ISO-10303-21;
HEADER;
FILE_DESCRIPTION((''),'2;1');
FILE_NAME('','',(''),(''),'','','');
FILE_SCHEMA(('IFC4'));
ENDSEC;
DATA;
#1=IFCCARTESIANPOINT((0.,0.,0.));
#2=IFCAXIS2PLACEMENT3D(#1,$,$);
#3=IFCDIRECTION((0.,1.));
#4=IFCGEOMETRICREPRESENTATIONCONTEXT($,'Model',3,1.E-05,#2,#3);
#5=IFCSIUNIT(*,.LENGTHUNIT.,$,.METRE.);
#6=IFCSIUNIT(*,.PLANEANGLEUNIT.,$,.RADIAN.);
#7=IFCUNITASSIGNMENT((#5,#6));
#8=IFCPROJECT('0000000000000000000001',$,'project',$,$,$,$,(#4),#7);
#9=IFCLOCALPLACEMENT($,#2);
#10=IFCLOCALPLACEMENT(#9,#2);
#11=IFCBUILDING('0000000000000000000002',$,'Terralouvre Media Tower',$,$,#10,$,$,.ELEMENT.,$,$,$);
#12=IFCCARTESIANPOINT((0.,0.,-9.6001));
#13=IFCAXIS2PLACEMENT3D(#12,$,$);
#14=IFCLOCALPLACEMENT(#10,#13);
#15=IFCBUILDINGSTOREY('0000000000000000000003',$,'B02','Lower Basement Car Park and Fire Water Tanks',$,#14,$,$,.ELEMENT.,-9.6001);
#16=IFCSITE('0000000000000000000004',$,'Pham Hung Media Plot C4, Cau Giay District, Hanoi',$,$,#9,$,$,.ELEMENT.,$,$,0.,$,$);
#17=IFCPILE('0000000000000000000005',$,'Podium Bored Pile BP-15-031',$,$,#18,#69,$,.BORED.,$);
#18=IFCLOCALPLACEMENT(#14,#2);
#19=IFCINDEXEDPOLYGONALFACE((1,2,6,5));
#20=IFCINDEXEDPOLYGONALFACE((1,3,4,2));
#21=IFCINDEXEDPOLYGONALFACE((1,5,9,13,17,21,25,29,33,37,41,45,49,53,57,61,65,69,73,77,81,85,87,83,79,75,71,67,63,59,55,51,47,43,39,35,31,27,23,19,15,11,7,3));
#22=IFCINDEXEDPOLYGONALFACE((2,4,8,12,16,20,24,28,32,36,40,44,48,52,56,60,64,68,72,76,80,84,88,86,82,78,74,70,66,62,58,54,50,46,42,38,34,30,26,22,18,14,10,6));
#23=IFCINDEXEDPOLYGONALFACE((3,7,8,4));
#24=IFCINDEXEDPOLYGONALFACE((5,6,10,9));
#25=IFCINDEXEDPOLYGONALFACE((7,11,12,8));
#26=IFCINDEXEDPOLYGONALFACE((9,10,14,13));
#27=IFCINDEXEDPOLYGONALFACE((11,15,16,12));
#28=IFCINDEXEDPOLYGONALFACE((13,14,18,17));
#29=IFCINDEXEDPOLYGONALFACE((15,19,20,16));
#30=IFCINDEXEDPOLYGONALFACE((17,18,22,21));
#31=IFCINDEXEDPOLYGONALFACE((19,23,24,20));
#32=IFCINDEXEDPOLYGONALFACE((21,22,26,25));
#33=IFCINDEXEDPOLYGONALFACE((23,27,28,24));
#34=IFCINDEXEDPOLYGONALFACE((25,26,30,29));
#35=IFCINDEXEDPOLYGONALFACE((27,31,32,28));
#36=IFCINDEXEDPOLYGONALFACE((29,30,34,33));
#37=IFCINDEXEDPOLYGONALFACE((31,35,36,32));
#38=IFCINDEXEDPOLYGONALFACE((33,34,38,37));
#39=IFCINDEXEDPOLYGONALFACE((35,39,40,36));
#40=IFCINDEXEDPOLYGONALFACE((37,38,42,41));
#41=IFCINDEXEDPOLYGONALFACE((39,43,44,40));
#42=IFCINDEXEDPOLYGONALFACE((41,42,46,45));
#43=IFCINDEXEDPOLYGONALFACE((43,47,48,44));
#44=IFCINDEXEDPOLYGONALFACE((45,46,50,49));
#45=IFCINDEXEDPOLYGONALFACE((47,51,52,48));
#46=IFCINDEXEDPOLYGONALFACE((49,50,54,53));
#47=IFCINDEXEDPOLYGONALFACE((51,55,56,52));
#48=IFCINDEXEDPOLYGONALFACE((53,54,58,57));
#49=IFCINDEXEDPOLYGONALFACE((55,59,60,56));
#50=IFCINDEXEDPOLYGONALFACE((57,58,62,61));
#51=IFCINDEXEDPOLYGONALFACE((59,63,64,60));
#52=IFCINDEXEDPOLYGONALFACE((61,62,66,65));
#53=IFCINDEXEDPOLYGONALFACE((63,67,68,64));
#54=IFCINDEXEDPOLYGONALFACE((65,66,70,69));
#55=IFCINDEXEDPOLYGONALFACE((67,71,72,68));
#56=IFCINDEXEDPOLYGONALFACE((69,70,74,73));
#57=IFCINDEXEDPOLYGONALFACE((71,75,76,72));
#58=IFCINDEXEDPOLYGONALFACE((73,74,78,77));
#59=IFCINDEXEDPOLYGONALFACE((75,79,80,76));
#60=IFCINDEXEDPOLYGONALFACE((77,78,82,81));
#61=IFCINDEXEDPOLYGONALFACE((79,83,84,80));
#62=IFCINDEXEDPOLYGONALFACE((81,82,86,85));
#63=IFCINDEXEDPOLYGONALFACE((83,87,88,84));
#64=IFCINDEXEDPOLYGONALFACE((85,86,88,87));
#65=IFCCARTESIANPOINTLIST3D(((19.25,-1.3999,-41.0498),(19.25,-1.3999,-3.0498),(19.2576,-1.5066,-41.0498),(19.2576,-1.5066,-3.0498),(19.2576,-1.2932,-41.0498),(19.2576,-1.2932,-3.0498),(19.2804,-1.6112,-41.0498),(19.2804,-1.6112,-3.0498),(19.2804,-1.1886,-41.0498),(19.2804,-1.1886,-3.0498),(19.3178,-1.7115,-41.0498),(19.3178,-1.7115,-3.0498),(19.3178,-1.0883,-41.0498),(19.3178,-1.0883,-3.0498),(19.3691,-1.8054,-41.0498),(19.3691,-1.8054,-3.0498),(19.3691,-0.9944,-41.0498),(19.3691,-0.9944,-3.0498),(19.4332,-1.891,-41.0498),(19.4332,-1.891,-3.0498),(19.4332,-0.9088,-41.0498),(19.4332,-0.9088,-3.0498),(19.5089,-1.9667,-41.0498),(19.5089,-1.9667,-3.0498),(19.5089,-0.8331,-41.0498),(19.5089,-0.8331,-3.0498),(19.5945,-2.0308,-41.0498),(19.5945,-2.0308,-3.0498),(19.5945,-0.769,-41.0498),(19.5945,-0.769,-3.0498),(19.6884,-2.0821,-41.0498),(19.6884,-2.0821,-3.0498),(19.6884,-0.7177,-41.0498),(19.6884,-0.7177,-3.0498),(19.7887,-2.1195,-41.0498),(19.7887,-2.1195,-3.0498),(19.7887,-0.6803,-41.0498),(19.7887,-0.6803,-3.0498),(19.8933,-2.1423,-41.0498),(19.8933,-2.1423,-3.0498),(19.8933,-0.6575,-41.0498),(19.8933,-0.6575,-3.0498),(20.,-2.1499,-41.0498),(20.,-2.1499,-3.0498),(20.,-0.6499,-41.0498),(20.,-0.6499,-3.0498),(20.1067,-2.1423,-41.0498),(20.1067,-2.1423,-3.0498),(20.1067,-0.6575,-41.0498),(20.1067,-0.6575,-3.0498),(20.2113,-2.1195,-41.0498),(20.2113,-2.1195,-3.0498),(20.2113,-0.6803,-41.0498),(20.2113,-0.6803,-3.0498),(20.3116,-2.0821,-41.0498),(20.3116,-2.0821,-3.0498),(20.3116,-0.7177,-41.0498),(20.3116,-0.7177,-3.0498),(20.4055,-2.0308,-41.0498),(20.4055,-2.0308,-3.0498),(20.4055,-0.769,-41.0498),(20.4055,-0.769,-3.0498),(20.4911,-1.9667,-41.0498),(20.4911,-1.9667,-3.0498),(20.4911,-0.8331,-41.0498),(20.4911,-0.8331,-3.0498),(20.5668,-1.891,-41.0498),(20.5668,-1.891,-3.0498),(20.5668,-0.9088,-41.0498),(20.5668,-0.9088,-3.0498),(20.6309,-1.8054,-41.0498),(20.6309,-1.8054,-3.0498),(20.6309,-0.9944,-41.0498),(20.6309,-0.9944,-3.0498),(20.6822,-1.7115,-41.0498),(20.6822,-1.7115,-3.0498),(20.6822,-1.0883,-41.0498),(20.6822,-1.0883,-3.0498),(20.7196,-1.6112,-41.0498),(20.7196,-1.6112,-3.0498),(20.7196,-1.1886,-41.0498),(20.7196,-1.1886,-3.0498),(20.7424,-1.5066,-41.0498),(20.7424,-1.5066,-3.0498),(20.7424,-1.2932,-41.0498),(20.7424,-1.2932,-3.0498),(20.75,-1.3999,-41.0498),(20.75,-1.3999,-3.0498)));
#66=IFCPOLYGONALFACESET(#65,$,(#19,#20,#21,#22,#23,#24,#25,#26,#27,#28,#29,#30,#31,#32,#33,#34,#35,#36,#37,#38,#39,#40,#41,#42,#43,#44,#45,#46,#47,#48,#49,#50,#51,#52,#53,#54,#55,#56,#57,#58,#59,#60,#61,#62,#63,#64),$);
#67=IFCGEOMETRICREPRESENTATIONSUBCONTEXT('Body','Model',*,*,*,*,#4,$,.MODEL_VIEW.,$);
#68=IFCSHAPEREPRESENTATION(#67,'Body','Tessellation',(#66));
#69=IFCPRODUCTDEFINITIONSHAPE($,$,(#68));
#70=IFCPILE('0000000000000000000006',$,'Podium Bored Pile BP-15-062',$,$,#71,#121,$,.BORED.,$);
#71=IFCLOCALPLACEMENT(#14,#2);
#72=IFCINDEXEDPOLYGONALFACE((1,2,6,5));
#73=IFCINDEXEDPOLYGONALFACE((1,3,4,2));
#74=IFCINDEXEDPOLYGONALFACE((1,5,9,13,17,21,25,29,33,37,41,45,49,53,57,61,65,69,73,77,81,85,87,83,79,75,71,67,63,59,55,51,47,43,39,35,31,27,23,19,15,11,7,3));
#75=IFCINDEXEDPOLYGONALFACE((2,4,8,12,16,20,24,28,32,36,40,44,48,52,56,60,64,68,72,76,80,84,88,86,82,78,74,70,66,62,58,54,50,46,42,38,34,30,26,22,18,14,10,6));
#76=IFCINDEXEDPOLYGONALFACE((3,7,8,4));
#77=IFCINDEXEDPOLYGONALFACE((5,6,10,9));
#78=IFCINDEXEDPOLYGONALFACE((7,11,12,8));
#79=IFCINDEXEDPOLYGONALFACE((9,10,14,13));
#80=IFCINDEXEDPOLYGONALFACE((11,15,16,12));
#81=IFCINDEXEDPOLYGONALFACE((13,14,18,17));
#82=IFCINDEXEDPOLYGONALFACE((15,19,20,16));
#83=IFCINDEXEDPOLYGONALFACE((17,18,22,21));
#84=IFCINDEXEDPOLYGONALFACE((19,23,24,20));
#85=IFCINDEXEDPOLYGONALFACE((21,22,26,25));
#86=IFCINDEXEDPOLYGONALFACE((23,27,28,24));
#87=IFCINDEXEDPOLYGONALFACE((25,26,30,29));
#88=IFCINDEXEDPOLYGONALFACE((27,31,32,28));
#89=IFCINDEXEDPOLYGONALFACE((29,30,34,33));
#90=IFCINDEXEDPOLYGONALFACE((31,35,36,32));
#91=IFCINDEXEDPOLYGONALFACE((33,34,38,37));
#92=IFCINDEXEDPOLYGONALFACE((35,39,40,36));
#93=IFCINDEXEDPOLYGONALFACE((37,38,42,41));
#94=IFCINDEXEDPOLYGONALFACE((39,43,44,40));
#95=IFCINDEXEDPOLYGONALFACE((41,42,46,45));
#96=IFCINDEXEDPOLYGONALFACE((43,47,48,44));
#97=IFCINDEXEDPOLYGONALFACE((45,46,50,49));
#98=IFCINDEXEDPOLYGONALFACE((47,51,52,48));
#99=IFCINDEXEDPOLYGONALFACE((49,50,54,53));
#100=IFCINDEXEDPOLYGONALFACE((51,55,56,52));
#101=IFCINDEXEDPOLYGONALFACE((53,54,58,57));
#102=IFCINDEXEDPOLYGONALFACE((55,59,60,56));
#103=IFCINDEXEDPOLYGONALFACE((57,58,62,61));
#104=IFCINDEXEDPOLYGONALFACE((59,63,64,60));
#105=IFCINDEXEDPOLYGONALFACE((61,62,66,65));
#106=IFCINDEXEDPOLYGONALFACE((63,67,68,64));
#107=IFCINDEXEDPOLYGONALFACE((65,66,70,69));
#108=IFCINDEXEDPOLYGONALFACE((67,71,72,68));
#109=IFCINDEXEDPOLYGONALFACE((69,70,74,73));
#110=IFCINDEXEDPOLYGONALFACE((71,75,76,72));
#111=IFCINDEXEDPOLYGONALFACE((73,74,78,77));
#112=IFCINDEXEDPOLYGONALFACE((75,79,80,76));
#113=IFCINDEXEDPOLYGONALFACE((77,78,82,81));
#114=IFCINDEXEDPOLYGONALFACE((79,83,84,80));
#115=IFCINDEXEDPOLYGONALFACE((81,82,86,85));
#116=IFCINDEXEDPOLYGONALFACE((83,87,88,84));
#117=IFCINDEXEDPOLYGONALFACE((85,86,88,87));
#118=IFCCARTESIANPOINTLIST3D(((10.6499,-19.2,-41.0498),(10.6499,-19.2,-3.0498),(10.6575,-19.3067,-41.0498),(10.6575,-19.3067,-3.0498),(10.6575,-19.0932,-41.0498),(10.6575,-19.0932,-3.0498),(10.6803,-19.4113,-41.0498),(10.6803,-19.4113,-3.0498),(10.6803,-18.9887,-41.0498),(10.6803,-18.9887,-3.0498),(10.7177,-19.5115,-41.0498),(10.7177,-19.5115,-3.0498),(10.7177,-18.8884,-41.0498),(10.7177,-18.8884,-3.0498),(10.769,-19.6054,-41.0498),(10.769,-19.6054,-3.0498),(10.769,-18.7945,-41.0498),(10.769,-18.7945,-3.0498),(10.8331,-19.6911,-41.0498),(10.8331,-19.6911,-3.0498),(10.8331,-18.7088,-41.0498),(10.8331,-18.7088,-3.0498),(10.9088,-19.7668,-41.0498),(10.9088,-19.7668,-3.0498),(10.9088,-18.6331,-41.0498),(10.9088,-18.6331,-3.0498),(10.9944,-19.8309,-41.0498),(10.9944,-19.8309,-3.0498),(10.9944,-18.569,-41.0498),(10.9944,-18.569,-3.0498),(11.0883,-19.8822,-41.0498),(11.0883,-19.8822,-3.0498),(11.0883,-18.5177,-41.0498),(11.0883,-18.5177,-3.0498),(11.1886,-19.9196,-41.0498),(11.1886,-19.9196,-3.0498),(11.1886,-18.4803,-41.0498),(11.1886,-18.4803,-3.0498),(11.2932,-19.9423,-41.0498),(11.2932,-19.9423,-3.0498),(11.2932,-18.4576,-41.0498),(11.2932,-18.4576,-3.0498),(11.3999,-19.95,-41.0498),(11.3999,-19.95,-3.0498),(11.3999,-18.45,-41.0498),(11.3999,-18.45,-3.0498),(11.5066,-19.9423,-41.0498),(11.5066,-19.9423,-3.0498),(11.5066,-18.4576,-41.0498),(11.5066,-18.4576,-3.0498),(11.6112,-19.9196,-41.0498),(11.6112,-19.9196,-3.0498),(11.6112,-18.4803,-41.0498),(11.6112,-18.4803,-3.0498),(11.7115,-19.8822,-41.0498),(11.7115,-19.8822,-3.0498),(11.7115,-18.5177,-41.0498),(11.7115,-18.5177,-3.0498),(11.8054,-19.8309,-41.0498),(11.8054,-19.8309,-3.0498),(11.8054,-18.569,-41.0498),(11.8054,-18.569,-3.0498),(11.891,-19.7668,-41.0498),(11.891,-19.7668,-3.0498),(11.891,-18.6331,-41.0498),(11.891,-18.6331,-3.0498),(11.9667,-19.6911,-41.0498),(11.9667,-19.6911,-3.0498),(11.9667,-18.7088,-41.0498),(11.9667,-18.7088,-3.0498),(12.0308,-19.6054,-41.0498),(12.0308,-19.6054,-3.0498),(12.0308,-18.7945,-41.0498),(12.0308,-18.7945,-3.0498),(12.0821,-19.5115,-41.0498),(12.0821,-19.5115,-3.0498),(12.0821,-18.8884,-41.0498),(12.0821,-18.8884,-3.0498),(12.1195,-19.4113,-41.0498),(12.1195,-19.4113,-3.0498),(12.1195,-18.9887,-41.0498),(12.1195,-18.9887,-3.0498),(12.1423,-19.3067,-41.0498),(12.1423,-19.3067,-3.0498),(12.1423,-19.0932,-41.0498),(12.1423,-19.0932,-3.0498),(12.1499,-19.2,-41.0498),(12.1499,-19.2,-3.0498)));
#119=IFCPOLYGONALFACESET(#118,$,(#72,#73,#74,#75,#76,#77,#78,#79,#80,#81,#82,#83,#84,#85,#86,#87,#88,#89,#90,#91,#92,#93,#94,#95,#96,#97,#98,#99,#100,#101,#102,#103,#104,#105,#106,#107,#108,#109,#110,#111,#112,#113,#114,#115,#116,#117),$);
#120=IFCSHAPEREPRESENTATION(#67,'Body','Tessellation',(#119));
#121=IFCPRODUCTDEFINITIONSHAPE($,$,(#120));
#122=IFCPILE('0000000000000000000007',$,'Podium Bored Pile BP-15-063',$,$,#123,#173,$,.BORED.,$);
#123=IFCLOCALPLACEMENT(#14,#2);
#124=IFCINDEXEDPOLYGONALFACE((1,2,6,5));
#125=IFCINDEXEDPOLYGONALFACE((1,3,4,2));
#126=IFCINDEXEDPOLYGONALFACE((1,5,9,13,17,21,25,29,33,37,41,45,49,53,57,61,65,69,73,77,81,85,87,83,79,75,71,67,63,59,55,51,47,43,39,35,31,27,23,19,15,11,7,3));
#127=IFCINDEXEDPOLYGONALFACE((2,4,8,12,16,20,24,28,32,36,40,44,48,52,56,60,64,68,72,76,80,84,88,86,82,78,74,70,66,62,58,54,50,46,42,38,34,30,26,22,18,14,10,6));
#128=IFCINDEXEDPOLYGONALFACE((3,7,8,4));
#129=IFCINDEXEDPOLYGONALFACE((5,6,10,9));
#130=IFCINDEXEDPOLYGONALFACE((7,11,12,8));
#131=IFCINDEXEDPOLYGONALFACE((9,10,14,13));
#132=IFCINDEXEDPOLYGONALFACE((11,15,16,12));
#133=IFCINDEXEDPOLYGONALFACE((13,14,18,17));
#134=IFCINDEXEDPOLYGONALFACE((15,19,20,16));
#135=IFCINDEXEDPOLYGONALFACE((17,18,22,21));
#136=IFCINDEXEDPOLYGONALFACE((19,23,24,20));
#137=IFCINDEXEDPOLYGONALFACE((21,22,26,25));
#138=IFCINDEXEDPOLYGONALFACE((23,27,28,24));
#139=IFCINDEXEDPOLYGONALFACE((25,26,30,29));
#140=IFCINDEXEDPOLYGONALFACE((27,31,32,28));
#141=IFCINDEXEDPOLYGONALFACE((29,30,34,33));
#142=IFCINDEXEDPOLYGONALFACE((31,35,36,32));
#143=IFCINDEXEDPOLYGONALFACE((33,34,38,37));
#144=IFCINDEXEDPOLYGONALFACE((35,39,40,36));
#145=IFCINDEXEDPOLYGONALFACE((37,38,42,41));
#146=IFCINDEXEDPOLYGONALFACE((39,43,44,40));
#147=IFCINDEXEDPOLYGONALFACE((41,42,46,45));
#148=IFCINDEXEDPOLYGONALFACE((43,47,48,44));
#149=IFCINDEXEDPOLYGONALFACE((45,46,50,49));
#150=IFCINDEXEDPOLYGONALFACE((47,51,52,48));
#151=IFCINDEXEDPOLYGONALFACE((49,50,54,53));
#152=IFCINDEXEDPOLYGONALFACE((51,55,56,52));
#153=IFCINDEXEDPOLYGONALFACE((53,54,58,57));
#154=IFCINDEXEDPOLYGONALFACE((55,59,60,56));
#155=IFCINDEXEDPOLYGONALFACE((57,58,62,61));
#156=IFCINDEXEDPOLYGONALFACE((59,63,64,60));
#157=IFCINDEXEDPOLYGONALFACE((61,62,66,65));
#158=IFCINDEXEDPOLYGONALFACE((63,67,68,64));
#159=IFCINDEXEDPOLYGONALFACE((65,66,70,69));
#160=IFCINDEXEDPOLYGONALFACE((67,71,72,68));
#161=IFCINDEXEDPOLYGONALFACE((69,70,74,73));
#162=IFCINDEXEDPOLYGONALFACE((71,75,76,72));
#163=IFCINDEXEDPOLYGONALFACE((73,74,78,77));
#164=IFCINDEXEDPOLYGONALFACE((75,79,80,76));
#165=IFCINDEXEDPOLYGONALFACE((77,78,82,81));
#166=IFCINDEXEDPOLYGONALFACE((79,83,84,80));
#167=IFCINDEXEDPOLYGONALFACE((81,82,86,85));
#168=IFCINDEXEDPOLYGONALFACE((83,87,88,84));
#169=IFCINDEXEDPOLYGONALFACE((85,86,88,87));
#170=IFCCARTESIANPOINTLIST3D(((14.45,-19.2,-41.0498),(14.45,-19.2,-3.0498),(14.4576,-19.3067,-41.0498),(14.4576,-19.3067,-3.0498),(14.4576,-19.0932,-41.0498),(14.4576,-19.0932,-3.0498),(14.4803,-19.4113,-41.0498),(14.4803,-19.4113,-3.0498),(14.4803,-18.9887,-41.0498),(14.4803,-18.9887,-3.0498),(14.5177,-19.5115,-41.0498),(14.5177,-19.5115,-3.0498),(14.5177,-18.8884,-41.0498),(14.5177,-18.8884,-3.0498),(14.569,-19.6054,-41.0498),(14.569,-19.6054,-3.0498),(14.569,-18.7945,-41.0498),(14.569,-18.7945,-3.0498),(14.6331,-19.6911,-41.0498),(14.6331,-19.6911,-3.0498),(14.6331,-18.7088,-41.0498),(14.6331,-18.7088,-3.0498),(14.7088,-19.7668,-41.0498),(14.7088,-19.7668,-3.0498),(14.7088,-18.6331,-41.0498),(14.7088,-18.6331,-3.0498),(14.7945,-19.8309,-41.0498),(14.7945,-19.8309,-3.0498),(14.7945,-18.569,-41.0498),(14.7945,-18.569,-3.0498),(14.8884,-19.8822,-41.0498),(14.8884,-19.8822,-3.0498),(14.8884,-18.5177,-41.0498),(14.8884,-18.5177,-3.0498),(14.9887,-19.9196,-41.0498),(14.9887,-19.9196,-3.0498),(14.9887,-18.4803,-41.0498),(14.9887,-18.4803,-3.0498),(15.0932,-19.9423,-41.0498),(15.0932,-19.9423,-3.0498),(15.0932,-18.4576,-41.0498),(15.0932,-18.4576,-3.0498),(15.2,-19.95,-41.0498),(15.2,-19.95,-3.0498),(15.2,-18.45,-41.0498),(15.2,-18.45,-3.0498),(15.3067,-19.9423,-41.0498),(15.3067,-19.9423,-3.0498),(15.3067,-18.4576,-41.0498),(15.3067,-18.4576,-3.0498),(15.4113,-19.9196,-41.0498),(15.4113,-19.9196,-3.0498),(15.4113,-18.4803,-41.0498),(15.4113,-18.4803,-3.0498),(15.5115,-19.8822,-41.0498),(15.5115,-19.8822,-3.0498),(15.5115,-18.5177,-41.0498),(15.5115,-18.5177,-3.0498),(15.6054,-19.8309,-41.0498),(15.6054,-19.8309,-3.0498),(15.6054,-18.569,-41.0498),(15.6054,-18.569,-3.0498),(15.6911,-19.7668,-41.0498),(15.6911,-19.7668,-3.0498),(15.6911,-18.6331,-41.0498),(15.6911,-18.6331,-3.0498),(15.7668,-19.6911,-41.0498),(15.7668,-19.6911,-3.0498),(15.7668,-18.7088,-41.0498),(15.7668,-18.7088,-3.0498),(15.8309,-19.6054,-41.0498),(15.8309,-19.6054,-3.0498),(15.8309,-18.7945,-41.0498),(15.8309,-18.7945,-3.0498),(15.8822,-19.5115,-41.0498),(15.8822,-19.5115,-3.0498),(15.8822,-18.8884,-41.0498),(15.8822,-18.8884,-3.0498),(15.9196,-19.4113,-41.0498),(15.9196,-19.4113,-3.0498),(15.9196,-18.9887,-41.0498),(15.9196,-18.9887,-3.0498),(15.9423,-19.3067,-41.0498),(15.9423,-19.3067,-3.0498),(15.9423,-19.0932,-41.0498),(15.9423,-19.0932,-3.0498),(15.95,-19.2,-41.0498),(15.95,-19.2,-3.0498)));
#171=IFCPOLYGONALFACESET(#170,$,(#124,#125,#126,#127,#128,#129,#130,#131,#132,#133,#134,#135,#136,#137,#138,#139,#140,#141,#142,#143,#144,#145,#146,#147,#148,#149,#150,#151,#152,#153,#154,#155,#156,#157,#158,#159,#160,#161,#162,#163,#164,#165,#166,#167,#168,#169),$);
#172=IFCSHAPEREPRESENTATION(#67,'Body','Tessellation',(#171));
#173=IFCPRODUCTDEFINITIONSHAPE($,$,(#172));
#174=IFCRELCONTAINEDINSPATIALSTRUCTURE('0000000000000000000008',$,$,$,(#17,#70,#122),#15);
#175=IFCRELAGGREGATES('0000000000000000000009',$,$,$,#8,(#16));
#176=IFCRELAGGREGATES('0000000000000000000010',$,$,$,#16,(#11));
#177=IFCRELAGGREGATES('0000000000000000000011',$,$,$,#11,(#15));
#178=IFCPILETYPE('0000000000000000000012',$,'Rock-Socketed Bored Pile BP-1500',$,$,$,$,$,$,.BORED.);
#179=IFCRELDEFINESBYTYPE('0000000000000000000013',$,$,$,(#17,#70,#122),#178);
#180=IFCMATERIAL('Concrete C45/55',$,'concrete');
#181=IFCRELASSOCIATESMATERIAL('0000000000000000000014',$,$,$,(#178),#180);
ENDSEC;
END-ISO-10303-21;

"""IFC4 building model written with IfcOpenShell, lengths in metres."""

from ifc_helpers import new_model, si_unit, direction, frame, origin, origin_2d, place, context, subcontext, project, spatial, circle, extrude, material, material_profile, profile_set, type_object, element, save


model = new_model("IFC4")

# Units and contexts
model_context = context("Model", 3, precision=1e-05, world=origin(), true_north=direction((0.0, 1.0)))
body_context = subcontext(model_context, "Body", "Model", "MODEL_VIEW")
ifc_project = project(units=[si_unit("LENGTHUNIT", "METRE"), si_unit("PLANEANGLEUNIT", "RADIAN")], contexts=[model_context])

# Site, building, storey
site_placement = place(None, origin())
site = spatial("IfcSite", under=ifc_project, at=site_placement, Name="Pham Hung Media Plot C4, Cau Giay District, Hanoi", CompositionType="ELEMENT", RefElevation=0.0)
building_placement = place(site_placement, origin())
building = spatial("IfcBuilding", under=site, at=building_placement, Name="Terralouvre Media Tower", CompositionType="ELEMENT")
storey_placement = place(building_placement, frame((0.0, 0.0, -9.6001)))
storey = spatial("IfcBuildingStorey", under=building, at=storey_placement, Name="B02", Description="Lower Basement Car Park and Fire Water Tanks", CompositionType="ELEMENT", Elevation=-9.6001)

# Piles
ifc_material_1 = material(Name="Concrete C45/55", Category="concrete")
ifc_material_profile_1 = material_profile(ifc_material_1, circle(Radius=0.75, at=origin_2d()), Name="BORED PILE 1500")
ifc_profile_set_1 = profile_set([ifc_material_profile_1], Name="Concrete C45/55")
pile_type_1 = type_object("IfcPileType", Name="Rock-Socketed Bored Pile BP-1500", PredefinedType="BORED", material=ifc_profile_set_1)
for number, where, z_axis, x_axis, name in (
    (1, (20.0, -1.3999, -3.0498), (0.0, 0.0, -1.0), (1.0, 0.0, 0.0), "Podium Bored Pile BP-15-031"),
    (2, (11.3999, -19.2, -3.0498), (0.0, 0.0, -1.0), (1.0, 0.0, 0.0), "Podium Bored Pile BP-15-062"),
    (3, (15.2, -19.2, -3.0498), (0.0, 0.0, -1.0), (1.0, 0.0, 0.0), "Podium Bored Pile BP-15-063"),
):
    element("IfcPile", number, at=place(storey_placement, frame(where, z_axis=z_axis, x_axis=x_axis)), inside=storey, type_object=pile_type_1, Name=name, PredefinedType="BORED", context=body_context, shape_type="SweptSolid", body=[
        extrude(circle(Radius=0.75, at=origin_2d()), origin(), (0.0, 0.0, 1.0), 38.0),
    ])

save(model, "model.ifc")
